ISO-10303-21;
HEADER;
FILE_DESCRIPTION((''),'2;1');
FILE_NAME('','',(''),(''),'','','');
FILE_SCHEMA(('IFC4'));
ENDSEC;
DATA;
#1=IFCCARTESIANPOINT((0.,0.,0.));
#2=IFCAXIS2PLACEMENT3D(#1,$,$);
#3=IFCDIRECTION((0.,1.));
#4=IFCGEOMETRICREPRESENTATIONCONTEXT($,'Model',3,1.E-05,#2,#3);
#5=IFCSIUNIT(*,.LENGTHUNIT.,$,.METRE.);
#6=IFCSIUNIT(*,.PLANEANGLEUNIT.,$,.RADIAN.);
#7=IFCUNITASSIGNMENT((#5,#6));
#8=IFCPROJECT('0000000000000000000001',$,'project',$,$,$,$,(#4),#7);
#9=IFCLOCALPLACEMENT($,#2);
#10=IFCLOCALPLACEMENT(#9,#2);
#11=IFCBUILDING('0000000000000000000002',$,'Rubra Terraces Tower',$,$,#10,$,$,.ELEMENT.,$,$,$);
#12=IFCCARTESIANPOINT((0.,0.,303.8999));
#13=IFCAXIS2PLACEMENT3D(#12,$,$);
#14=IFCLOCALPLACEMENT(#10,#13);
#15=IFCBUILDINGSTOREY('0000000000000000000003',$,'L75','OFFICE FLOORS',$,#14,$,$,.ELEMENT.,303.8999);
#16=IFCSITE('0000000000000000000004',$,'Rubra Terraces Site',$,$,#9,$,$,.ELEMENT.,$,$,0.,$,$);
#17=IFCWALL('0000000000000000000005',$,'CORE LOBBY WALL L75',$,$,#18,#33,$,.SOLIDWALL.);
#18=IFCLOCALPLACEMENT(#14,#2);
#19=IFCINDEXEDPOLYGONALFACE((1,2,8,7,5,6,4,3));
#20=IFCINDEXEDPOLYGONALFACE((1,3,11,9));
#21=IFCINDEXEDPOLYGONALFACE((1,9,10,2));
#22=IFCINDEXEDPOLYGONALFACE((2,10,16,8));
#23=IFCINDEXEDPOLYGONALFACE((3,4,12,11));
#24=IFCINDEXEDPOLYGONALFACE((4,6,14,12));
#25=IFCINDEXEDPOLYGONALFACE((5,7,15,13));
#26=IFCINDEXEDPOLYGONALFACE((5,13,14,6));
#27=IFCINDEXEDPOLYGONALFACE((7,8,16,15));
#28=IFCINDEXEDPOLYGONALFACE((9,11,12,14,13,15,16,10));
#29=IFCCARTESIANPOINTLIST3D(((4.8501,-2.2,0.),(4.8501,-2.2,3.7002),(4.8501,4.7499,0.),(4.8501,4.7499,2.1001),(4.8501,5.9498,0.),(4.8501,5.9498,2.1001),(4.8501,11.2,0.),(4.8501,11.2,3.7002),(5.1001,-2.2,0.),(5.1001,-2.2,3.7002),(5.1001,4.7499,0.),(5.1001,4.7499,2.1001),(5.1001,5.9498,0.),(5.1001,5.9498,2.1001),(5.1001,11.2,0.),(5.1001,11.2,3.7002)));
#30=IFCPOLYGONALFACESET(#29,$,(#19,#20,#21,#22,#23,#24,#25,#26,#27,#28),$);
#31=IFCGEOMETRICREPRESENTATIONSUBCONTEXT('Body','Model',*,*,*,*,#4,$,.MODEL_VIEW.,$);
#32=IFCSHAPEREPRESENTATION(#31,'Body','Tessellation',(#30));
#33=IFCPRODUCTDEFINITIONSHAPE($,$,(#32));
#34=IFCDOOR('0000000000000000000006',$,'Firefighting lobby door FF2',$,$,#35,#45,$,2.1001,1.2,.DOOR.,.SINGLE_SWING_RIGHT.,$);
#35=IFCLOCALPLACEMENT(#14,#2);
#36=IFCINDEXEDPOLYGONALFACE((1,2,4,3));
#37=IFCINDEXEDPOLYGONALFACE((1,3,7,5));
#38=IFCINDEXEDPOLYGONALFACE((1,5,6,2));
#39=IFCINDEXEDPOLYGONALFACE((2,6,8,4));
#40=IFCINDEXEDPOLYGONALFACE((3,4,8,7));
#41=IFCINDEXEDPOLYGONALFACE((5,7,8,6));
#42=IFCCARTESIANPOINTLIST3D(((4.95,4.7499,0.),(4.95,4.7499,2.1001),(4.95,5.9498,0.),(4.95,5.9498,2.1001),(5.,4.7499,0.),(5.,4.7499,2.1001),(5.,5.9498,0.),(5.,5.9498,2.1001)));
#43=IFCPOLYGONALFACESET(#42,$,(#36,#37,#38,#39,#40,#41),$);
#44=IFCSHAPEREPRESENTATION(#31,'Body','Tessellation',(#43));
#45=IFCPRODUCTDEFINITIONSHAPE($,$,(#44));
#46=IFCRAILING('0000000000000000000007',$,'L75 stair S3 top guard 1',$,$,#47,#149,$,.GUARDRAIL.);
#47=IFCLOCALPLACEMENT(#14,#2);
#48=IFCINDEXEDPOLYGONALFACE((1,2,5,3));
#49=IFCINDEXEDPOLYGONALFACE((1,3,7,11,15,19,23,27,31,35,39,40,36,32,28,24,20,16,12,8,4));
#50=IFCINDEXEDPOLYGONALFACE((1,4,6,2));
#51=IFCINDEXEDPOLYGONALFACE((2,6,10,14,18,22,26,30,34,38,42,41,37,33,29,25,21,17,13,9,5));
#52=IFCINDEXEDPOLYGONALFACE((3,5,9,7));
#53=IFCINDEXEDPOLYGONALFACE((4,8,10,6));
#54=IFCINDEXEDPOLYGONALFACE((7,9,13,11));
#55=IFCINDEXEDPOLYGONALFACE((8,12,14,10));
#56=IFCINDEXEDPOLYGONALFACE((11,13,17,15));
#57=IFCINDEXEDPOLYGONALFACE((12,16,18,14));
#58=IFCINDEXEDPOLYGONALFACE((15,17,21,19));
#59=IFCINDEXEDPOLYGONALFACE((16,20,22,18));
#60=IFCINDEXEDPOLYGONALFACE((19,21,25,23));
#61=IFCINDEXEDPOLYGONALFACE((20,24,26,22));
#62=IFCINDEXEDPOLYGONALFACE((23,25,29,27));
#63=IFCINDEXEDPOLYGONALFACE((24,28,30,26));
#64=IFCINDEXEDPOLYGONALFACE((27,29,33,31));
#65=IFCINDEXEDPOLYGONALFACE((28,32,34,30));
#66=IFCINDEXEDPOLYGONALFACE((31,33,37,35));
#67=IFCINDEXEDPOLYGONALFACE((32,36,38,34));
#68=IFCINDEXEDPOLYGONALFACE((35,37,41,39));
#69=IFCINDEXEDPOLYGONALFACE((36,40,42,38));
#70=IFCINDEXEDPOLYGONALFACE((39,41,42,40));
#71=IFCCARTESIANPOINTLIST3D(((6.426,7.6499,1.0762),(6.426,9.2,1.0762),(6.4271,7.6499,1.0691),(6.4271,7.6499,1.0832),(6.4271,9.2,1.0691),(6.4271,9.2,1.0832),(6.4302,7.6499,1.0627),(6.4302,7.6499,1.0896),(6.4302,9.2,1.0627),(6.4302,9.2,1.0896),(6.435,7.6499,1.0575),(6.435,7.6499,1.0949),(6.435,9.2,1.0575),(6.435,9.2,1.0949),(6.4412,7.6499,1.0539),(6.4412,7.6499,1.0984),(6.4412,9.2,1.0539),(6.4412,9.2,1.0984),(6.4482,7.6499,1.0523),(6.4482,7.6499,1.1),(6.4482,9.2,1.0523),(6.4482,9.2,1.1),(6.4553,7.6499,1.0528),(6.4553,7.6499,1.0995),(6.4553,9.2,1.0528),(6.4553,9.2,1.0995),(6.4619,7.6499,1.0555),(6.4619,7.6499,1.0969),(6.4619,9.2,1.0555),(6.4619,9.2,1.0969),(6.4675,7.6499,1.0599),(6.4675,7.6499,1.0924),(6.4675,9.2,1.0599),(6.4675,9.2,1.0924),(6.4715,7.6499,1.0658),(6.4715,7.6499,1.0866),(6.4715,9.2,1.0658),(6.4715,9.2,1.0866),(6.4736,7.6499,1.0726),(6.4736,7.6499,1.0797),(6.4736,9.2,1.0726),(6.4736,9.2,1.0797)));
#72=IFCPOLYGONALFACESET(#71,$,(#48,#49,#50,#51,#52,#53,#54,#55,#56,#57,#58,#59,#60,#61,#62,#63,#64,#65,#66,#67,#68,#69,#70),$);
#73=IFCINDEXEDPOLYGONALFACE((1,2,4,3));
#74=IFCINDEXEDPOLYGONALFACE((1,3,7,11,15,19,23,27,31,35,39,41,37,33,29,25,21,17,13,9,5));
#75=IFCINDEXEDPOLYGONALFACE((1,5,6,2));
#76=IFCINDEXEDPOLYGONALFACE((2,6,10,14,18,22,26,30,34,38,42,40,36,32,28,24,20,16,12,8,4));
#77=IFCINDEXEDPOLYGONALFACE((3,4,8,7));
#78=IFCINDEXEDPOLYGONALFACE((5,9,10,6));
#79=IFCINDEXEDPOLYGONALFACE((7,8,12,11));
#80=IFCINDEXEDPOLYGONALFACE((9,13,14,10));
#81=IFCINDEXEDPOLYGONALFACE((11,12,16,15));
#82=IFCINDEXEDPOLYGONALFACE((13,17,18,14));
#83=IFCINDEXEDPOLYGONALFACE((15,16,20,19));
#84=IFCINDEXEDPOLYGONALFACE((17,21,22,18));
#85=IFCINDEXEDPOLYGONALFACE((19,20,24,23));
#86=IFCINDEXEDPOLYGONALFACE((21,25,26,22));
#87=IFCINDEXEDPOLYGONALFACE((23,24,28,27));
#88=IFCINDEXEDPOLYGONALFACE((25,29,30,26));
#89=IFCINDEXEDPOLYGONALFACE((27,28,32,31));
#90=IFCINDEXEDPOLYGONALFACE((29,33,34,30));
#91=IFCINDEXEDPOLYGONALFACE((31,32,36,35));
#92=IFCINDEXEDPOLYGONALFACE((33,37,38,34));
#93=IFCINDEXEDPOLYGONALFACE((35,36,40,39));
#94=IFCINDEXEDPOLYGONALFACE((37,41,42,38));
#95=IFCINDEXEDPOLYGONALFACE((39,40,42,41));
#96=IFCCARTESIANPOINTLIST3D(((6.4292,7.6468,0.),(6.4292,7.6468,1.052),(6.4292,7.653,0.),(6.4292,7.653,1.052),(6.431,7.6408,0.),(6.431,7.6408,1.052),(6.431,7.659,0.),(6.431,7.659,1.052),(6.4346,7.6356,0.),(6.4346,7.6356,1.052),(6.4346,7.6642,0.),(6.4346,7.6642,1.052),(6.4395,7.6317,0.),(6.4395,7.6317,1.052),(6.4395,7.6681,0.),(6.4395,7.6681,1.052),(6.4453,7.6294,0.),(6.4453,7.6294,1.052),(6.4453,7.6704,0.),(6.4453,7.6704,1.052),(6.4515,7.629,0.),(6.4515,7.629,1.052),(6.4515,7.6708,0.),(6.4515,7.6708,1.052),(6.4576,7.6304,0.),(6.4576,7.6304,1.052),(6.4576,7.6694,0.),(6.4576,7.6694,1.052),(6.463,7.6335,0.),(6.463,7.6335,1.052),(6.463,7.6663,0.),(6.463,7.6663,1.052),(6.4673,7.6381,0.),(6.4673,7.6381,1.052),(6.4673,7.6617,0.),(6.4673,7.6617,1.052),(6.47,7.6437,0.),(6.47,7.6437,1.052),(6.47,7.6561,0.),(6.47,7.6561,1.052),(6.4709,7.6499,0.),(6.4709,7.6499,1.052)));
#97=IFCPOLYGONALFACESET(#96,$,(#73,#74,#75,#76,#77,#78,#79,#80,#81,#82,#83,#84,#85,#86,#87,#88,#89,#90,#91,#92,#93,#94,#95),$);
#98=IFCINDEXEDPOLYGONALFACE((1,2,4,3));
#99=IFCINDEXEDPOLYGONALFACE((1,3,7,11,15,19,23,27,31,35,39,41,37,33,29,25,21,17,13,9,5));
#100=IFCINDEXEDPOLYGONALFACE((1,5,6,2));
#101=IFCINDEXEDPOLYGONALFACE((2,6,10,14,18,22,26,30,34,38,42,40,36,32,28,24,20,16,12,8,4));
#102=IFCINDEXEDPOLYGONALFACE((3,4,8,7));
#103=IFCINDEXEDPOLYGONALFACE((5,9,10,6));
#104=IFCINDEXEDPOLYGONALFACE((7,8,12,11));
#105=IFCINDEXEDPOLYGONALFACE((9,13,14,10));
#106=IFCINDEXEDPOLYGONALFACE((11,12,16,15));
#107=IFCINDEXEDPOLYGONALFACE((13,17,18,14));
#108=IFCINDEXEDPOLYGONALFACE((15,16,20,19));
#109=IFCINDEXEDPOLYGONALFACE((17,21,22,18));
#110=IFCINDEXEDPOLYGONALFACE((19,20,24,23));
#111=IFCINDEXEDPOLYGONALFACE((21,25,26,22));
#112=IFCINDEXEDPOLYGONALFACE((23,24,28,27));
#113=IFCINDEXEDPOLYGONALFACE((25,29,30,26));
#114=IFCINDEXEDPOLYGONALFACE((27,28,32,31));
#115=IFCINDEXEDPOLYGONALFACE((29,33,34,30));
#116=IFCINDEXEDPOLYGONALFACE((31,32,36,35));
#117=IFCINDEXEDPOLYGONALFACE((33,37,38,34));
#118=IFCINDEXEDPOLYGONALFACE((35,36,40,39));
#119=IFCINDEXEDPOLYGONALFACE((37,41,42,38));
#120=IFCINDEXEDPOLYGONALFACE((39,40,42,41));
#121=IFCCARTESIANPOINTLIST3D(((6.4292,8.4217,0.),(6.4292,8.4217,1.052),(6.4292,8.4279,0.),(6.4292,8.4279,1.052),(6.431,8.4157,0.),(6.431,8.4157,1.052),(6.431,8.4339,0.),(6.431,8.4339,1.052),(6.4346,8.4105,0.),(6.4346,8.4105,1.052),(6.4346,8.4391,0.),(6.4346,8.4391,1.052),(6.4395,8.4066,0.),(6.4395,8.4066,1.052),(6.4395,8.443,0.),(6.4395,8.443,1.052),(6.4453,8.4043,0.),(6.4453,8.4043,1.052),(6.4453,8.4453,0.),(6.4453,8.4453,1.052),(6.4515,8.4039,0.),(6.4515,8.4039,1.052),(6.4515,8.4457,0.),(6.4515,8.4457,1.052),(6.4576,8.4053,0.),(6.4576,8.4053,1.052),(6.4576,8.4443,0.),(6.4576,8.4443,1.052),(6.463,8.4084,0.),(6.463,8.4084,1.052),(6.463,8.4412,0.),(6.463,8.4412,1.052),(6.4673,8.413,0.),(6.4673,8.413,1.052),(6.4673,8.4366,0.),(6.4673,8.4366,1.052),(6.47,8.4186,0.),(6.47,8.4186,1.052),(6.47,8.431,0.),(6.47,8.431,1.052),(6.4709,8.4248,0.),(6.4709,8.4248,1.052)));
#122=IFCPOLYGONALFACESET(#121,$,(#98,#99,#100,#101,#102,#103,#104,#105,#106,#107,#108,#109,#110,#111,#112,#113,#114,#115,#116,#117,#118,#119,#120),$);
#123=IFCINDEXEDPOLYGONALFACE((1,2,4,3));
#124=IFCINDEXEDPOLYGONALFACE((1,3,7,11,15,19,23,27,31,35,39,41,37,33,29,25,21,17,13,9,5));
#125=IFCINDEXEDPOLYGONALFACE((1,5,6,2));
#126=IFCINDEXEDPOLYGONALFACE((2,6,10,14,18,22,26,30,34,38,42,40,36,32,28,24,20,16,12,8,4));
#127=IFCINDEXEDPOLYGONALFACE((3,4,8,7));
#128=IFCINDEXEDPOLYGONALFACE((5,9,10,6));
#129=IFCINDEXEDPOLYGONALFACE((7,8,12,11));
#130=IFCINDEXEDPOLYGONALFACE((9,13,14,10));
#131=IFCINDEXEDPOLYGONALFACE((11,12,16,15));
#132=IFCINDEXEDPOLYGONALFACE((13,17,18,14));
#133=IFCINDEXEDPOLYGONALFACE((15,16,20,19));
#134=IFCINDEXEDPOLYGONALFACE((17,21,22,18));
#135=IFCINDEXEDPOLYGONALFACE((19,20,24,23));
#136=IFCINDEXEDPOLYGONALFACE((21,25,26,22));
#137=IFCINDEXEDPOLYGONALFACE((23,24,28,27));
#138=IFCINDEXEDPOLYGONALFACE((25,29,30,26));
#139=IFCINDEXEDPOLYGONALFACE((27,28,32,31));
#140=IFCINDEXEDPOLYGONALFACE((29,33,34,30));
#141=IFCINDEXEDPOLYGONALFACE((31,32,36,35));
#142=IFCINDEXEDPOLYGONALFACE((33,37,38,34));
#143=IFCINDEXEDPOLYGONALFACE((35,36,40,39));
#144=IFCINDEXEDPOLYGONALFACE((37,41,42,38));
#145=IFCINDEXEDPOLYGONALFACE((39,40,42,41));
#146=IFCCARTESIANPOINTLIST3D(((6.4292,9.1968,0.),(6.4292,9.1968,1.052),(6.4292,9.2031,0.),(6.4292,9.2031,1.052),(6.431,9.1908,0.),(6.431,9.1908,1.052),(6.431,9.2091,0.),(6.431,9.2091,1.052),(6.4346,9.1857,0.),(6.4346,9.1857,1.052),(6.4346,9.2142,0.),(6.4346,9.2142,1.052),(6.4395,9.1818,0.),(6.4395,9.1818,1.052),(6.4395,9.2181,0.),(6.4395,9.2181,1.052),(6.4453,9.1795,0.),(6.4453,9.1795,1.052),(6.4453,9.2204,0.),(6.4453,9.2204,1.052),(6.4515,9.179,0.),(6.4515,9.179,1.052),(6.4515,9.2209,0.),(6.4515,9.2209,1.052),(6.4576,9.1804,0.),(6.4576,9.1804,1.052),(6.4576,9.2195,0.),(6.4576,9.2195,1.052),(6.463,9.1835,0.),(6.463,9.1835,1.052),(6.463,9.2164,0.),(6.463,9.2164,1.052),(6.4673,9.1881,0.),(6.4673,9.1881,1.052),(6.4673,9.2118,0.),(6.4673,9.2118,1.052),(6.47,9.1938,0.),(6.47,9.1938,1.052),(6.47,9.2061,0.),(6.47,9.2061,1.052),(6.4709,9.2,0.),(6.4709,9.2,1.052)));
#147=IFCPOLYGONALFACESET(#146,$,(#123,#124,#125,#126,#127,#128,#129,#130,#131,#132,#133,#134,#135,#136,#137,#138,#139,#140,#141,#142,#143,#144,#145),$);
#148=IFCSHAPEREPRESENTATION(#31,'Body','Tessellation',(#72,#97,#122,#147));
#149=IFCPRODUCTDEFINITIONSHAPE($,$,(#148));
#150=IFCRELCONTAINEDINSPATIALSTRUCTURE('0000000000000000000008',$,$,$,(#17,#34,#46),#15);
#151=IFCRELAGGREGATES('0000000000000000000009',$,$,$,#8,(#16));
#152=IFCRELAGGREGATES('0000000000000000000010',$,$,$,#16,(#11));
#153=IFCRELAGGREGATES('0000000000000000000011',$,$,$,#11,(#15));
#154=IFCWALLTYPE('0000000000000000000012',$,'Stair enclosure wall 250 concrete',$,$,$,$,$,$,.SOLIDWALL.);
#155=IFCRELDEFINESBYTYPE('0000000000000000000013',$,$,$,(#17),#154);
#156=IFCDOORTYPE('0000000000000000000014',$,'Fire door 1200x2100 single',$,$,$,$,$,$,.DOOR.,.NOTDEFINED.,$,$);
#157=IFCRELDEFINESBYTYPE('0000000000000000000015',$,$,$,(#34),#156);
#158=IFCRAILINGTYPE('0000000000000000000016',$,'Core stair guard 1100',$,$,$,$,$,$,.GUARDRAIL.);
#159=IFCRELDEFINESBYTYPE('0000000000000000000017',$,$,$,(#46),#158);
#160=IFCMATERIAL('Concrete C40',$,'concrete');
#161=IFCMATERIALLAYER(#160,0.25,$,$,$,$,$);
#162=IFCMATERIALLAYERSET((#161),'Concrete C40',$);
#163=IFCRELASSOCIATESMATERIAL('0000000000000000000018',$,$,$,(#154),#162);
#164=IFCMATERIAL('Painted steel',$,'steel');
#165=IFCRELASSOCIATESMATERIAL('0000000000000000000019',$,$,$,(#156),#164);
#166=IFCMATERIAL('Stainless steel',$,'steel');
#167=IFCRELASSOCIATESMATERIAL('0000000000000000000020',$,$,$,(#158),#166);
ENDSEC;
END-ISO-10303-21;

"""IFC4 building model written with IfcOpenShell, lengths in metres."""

from ifc_helpers import new_model, si_unit, direction, frame, frame_2d, origin, origin_2d, place, context, subcontext, project, spatial, rectangle, circle, extrude, material, layer, layer_set, type_object, element, fill, save


model = new_model("IFC4")

# Units and contexts
model_context = context("Model", 3, precision=1e-05, world=origin(), true_north=direction((0.0, 1.0)))
body_context = subcontext(model_context, "Body", "Model", "MODEL_VIEW")
ifc_project = project(units=[si_unit("LENGTHUNIT", "METRE"), si_unit("PLANEANGLEUNIT", "RADIAN")], contexts=[model_context])

# Site, building, storey
site_placement = place(None, origin())
site = spatial("IfcSite", under=ifc_project, at=site_placement, Name="Rubra Terraces Site", CompositionType="ELEMENT", RefElevation=0.0)
building_placement = place(site_placement, origin())
building = spatial("IfcBuilding", under=site, at=building_placement, Name="Rubra Terraces Tower", CompositionType="ELEMENT")
storey_placement = place(building_placement, frame((0.0, 0.0, 303.8999)))
storey = spatial("IfcBuildingStorey", under=building, at=storey_placement, Name="L75", Description="OFFICE FLOORS", CompositionType="ELEMENT", Elevation=303.8999)

# Shared definitions
ifc_material_1 = material(Name="Concrete C40", Category="concrete")

# Wall, opening, door
ifc_layer_1 = layer(ifc_material_1, 0.25)
ifc_layer_set_1 = layer_set([ifc_layer_1], Name="Concrete C40")
wall_type_1 = type_object("IfcWallType", Name="Stair enclosure wall 250 concrete", PredefinedType="SOLIDWALL", material=ifc_layer_set_1)
wall_1_placement = place(storey_placement, frame((4.9751, 11.2, 0.0), z_axis=(0.0, 0.0, 1.0), x_axis=(0.0, -1.0, 0.0)))
wall_1 = element("IfcWall", 1, at=wall_1_placement, inside=storey, type_object=wall_type_1, Name="CORE LOBBY WALL L75", PredefinedType="SOLIDWALL", context=body_context, shape_type="SweptSolid", body=[
    extrude(rectangle(XDim=13.3999, YDim=0.25, at=frame_2d((6.7, 0.0))), origin(), (0.0, 0.0, 1.0), 3.7002),
])
opening_1_placement = place(wall_1_placement, frame((5.25, 0.0, 0.0)))
opening_1 = element("IfcOpeningElement", 2, at=opening_1_placement, cuts=wall_1, PredefinedType="OPENING", context=body_context, shape_type="SweptSolid", body=[
    extrude(rectangle(XDim=1.2, YDim=2.1001, at=frame_2d((0.6001, 1.05))), frame((0.0, 0.135, 0.0), z_axis=(0.0, -1.0, 0.0), x_axis=(1.0, 0.0, 0.0)), (0.0, 0.0, 1.0), 0.27),
])
ifc_material_2 = material(Name="Painted steel", Category="steel")
door_type_1 = type_object("IfcDoorType", Name="Fire door 1200x2100 single", OperationType="NOTDEFINED", PredefinedType="DOOR", material=ifc_material_2)
door_1_placement = place(opening_1_placement, origin())
door_1 = element("IfcDoor", 3, at=door_1_placement, inside=storey, type_object=door_type_1, Name="Firefighting lobby door FF2", OperationType="SINGLE_SWING_RIGHT", OverallHeight=2.1001, OverallWidth=1.2, PredefinedType="DOOR", context=body_context, shape_type="SweptSolid", body=[
    extrude(rectangle(XDim=1.2, YDim=2.1001, at=frame_2d((0.6001, 1.05))), frame((0.0, 0.0249, 0.0), z_axis=(0.0, -1.0, 0.0), x_axis=(1.0, 0.0, 0.0)), (0.0, 0.0, 1.0), 0.05),
])
fill(opening_1, door_1)

# Railing
ifc_material_3 = material(Name="Stainless steel", Category="steel")
railing_type = type_object("IfcRailingType", Name="Core stair guard 1100", PredefinedType="GUARDRAIL", material=ifc_material_3)
railing_placement = place(storey_placement, frame((6.45, 7.6499, 0.0)))
element("IfcRailing", 4, at=railing_placement, inside=storey, type_object=railing_type, Name="L75 stair S3 top guard 1", PredefinedType="GUARDRAIL", context=body_context, shape_type="SweptSolid", body=[
    extrude(circle(Radius=0.0239, at=origin_2d()), frame((0.0, 0.0, 1.0762), z_axis=(0.0, 1.0, 0.0), x_axis=(-1.0, 0.0, 0.0)), (0.0, 0.0, 1.0), 1.55),
    extrude(circle(Radius=0.021, at=origin_2d()), origin(), (0.0, 0.0, 1.0), 1.052),
    extrude(circle(Radius=0.021, at=origin_2d()), frame((0.0, 0.7749, 0.0)), (0.0, 0.0, 1.0), 1.052),
    extrude(circle(Radius=0.021, at=origin_2d()), frame((0.0, 1.55, 0.0)), (0.0, 0.0, 1.0), 1.052),
])

save(model, "model.ifc")
